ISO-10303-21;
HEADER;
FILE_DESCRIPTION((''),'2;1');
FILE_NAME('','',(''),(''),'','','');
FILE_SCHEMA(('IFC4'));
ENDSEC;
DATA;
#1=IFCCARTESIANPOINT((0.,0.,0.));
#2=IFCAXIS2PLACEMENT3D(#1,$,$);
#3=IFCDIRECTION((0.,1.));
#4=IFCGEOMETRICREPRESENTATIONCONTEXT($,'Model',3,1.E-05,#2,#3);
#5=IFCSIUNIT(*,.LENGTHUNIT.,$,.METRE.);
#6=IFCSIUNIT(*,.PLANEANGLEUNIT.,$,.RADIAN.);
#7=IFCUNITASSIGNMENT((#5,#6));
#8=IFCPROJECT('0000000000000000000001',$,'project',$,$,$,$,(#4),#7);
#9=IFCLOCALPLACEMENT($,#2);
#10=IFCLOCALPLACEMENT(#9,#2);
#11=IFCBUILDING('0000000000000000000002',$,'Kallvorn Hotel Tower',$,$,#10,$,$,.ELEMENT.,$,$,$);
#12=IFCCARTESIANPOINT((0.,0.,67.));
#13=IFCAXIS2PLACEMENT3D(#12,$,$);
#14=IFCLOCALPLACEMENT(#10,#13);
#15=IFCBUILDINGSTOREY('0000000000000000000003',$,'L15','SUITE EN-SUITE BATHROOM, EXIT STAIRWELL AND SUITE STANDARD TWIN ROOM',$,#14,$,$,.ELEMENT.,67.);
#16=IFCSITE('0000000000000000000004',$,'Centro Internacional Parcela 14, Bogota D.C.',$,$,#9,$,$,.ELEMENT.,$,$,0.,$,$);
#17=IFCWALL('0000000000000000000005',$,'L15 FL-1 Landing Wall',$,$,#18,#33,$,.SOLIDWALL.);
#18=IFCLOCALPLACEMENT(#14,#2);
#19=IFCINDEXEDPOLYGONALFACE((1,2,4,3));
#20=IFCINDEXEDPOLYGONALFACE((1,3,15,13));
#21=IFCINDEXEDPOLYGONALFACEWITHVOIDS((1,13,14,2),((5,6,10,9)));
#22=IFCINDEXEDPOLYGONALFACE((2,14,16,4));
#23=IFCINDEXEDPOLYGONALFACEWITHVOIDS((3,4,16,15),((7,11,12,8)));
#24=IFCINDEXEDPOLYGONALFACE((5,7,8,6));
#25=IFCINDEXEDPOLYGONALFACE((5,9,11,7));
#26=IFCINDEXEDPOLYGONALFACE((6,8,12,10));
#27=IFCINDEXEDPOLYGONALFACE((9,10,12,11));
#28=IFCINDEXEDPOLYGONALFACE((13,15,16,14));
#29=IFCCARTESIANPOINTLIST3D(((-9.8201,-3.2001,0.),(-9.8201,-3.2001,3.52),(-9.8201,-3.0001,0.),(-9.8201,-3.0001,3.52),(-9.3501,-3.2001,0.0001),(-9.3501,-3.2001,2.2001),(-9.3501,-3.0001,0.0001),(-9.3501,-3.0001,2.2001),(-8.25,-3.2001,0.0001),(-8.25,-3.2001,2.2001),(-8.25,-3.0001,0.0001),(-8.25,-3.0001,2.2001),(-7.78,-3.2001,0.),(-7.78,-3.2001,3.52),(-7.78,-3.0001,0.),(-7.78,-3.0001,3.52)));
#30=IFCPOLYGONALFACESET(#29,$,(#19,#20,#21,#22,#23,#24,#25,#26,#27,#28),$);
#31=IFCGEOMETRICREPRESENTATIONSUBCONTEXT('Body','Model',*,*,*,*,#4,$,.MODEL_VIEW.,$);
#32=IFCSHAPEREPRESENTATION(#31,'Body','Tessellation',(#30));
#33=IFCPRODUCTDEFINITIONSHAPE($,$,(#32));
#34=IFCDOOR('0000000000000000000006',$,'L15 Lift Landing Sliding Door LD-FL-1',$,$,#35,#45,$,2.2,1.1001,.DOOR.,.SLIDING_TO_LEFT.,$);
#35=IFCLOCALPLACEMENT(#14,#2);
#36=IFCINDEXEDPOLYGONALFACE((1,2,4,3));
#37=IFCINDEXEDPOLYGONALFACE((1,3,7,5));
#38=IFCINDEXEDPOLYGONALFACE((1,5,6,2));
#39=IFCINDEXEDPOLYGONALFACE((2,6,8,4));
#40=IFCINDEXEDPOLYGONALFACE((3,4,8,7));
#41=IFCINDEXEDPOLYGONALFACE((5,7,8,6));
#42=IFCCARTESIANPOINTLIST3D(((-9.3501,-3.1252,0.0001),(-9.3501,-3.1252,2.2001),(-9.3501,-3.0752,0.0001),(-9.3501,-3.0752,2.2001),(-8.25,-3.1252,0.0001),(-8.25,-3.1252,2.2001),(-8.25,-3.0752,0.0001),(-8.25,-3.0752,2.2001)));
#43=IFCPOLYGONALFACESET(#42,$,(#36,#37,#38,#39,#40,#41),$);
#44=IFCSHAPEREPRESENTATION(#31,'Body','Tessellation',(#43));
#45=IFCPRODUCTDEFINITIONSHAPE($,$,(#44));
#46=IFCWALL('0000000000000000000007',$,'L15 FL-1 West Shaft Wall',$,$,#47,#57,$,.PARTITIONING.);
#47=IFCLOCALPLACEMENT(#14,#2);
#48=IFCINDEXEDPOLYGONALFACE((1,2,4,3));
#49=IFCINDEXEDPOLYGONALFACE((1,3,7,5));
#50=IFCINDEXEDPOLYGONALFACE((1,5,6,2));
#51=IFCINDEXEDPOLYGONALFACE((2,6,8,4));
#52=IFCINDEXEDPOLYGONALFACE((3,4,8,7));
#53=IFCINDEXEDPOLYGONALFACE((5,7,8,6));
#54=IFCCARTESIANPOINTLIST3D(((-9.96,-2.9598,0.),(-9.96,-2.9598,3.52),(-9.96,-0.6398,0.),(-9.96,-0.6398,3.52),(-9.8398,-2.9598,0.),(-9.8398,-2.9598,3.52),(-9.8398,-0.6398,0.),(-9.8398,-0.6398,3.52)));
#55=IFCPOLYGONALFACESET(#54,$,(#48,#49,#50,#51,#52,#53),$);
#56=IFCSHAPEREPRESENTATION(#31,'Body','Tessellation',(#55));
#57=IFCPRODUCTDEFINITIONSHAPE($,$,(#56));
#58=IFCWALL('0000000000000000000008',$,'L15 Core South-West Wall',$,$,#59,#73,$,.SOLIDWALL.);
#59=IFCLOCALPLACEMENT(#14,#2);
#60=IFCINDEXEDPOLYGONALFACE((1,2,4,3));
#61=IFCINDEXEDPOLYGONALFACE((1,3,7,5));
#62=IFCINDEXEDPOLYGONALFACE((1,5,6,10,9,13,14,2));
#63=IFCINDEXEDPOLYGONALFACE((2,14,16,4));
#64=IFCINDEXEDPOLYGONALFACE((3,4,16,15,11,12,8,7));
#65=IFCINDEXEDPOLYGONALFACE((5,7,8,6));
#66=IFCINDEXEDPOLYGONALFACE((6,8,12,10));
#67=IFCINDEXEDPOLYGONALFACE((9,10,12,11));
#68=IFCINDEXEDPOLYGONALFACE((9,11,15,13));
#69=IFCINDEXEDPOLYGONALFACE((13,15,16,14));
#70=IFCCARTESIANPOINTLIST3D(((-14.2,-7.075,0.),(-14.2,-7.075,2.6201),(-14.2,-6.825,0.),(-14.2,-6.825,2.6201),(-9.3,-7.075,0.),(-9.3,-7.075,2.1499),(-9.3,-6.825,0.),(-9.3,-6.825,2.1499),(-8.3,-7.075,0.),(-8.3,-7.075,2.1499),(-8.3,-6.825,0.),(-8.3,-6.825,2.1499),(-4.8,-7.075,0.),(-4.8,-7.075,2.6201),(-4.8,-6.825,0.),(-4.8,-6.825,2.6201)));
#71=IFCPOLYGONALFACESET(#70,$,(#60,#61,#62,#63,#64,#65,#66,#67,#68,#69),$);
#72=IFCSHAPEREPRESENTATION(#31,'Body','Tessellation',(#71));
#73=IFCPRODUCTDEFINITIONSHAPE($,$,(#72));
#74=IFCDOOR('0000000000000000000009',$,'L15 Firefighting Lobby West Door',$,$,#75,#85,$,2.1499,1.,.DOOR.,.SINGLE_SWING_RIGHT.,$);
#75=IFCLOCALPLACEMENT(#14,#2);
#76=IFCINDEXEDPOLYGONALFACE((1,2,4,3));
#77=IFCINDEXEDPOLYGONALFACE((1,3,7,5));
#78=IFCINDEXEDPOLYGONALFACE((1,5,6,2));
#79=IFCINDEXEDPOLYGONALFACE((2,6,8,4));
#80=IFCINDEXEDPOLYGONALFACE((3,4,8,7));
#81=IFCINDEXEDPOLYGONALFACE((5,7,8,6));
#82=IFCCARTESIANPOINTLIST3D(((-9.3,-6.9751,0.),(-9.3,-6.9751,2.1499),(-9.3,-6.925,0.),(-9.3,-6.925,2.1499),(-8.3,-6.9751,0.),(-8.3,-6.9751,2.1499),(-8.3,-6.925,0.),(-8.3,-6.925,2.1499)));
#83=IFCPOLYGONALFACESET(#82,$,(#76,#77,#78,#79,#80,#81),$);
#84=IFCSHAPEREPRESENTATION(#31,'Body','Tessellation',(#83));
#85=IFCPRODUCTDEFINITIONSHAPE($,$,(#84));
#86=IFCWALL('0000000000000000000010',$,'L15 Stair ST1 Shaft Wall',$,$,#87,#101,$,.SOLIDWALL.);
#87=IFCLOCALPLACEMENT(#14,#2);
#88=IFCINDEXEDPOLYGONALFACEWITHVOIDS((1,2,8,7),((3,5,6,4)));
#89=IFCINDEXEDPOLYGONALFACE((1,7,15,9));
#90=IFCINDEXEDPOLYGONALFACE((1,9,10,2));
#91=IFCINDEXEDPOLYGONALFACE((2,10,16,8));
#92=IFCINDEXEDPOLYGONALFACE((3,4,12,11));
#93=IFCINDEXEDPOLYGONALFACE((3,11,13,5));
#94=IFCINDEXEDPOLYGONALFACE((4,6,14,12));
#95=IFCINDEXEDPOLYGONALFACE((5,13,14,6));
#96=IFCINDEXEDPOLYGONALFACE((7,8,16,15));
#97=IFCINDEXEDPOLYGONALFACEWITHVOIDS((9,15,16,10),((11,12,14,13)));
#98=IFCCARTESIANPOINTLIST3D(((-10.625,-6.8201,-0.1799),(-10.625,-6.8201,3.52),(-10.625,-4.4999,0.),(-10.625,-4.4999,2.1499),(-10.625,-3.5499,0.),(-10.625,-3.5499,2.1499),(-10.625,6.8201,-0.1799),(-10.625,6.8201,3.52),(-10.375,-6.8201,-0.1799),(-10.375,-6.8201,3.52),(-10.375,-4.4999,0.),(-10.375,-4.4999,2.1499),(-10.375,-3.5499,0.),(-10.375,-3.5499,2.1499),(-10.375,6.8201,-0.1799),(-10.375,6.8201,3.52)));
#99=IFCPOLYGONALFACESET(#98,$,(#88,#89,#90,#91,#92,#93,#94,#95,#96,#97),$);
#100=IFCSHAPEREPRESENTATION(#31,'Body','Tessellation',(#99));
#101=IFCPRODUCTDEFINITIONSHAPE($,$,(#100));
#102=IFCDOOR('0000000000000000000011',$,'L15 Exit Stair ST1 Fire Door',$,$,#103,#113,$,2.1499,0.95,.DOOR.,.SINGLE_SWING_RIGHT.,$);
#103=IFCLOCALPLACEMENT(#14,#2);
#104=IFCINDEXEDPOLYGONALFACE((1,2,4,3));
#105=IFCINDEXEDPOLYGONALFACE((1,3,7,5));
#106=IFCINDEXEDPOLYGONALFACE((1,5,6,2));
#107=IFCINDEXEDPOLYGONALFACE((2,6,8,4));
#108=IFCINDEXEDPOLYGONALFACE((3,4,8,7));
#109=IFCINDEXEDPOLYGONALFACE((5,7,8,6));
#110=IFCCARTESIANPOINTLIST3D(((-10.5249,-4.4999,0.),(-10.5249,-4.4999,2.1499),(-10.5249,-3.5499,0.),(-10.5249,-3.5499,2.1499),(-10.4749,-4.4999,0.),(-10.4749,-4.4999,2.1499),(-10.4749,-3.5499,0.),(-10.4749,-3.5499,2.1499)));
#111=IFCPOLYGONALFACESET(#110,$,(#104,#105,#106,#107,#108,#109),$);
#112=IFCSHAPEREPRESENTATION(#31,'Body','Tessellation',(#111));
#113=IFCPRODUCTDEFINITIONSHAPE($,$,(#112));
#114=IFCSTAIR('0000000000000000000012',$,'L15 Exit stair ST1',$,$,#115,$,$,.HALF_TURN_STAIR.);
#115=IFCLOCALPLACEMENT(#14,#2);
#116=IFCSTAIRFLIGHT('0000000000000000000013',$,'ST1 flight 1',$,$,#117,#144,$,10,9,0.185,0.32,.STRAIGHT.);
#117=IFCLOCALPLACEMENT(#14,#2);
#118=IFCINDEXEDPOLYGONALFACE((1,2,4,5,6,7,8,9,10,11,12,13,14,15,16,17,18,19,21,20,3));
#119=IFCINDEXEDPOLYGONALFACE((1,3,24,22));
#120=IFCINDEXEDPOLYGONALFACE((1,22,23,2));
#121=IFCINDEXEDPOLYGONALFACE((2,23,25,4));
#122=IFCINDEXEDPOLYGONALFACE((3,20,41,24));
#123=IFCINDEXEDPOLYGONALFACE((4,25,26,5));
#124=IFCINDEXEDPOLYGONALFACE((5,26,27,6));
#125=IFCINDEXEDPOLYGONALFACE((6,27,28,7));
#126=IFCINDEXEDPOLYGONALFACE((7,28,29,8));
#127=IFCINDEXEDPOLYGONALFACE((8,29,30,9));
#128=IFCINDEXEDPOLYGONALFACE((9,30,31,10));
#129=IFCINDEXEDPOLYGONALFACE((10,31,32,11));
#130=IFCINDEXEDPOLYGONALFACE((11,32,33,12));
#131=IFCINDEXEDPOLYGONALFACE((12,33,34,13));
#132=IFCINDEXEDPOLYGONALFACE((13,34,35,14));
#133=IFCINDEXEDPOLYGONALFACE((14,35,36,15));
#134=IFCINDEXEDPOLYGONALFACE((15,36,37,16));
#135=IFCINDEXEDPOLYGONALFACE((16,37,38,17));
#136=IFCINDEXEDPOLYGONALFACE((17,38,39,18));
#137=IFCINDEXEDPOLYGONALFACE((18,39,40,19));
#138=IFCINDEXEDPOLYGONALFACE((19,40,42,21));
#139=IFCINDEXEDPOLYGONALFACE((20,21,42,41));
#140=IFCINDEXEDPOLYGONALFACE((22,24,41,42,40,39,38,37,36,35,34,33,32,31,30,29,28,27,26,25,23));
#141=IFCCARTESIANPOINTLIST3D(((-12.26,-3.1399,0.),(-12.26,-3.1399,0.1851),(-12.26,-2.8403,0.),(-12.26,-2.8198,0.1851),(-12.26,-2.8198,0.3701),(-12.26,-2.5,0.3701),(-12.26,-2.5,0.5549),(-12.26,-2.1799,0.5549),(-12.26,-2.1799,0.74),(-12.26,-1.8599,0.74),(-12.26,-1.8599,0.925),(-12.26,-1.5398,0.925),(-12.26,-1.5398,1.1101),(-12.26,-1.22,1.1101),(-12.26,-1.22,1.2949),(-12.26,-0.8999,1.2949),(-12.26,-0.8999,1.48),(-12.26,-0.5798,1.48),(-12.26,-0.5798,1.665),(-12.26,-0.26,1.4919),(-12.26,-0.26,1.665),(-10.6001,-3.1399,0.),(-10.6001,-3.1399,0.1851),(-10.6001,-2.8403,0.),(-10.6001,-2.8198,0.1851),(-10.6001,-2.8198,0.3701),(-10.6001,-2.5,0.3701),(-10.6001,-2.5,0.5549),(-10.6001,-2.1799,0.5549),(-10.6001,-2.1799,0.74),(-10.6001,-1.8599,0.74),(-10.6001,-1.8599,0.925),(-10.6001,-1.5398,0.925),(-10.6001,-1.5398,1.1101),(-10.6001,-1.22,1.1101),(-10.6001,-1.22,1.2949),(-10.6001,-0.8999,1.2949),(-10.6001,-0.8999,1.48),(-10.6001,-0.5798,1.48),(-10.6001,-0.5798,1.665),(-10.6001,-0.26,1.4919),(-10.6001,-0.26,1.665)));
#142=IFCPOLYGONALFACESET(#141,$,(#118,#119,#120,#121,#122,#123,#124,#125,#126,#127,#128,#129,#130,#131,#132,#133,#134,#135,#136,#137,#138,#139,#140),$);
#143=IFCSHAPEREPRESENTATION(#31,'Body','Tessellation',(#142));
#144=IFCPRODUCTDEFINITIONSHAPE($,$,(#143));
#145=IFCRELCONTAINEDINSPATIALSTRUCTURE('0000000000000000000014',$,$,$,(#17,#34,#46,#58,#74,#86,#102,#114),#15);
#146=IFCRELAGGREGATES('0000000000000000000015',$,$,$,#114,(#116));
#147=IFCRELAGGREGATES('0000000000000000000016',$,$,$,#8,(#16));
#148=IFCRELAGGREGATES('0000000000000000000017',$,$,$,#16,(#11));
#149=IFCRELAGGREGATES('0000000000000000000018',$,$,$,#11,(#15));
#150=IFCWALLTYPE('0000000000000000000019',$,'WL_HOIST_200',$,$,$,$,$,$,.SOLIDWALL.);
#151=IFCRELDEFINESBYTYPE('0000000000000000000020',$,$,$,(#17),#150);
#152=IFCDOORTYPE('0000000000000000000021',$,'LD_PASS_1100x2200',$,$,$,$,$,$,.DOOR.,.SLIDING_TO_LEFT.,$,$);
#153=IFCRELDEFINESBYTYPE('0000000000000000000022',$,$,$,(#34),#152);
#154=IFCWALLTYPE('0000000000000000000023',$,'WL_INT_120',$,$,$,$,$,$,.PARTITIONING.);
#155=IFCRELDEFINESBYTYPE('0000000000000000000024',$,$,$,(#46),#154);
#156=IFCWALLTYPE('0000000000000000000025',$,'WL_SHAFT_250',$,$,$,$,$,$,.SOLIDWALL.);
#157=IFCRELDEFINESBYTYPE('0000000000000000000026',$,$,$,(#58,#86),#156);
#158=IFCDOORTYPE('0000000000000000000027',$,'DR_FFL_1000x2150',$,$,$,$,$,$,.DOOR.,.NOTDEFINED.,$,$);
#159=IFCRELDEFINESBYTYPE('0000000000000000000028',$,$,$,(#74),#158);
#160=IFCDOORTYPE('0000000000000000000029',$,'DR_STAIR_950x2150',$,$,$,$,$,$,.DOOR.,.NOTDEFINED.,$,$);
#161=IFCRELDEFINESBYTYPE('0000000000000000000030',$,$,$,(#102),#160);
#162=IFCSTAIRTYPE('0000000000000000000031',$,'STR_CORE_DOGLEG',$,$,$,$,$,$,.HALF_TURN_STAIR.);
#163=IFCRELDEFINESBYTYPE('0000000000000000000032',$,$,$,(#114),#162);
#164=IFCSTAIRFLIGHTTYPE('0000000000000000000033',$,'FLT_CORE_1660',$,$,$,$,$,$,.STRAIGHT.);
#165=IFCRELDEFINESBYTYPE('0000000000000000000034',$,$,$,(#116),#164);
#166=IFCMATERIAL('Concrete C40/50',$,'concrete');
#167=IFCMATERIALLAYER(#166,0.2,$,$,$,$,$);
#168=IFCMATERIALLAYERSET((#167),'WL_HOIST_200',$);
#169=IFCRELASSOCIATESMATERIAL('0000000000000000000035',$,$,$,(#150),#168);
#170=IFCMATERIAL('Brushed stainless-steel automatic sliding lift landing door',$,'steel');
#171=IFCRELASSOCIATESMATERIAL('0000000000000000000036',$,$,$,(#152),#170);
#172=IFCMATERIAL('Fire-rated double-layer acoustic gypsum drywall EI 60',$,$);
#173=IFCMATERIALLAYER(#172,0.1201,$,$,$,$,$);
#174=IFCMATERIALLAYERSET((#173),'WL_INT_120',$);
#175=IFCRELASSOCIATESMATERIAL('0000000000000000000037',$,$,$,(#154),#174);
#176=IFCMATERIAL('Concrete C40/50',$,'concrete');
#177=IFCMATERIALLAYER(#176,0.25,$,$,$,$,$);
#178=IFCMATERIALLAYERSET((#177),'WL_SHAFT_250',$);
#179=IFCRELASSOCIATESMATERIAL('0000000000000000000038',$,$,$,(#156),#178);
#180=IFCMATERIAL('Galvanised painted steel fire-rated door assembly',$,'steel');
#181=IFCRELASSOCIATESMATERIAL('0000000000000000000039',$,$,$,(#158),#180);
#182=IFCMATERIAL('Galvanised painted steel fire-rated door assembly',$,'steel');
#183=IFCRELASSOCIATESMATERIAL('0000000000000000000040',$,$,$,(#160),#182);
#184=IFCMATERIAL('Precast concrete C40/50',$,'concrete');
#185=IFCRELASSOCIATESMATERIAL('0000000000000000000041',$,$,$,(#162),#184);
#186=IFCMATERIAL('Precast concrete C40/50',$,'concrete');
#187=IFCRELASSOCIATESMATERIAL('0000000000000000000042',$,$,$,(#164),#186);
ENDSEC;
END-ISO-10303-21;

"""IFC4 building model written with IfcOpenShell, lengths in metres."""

from ifc_helpers import new_model, si_unit, direction, frame, frame_2d, origin, place, context, subcontext, project, spatial, polyline, rectangle, outline, extrude, material, layer, layer_set, type_object, element, fill, aggregate, save


model = new_model("IFC4")

# Units and contexts
model_context = context("Model", 3, precision=1e-05, world=origin(), true_north=direction((0.0, 1.0)))
body_context = subcontext(model_context, "Body", "Model", "MODEL_VIEW")
ifc_project = project(units=[si_unit("LENGTHUNIT", "METRE"), si_unit("PLANEANGLEUNIT", "RADIAN")], contexts=[model_context])

# Site, building, storey
site_placement = place(None, origin())
site = spatial("IfcSite", under=ifc_project, at=site_placement, Name="Centro Internacional Parcela 14, Bogota D.C.", CompositionType="ELEMENT", RefElevation=0.0)
building_placement = place(site_placement, origin())
building = spatial("IfcBuilding", under=site, at=building_placement, Name="Kallvorn Hotel Tower", CompositionType="ELEMENT")
storey_placement = place(building_placement, frame((0.0, 0.0, 67.0)))
storey = spatial("IfcBuildingStorey", under=building, at=storey_placement, Name="L15", Description="SUITE EN-SUITE BATHROOM, EXIT STAIRWELL AND SUITE STANDARD TWIN ROOM", CompositionType="ELEMENT", Elevation=67.0)

# Shared definitions
ifc_material_1 = material(Name="Concrete C40/50", Category="concrete")
ifc_layer_1 = layer(ifc_material_1, 0.2)
ifc_layer_set_1 = layer_set([ifc_layer_1], Name="WL_HOIST_200")
wall_type_1 = type_object("IfcWallType", Name="WL_HOIST_200", PredefinedType="SOLIDWALL", material=ifc_layer_set_1)

# Wall, opening, door
wall_1_placement = place(storey_placement, frame((-9.8201, -3.1001, 0.0), z_axis=(0.0, 0.0, 1.0), x_axis=(1.0, 0.0, 0.0)))
wall_1 = element("IfcWall", 1, at=wall_1_placement, inside=storey, type_object=wall_type_1, Name="L15 FL-1 Landing Wall", PredefinedType="SOLIDWALL", context=body_context, shape_type="SweptSolid", body=[
    extrude(rectangle(XDim=2.04, YDim=0.2, at=frame_2d((1.02, 0.0))), origin(), (0.0, 0.0, 1.0), 3.52),
])
opening_1_placement = place(wall_1_placement, frame((0.47, 0.0, 0.0)))
opening_1 = element("IfcOpeningElement", 2, at=opening_1_placement, cuts=wall_1, PredefinedType="OPENING", context=body_context, shape_type="SweptSolid", body=[
    extrude(rectangle(XDim=1.1001, YDim=2.2, at=frame_2d((0.55, 1.1001))), frame((0.0, 0.115, 0.0), z_axis=(0.0, -1.0, 0.0), x_axis=(1.0, 0.0, 0.0)), (0.0, 0.0, 1.0), 0.23),
])
ifc_material_2 = material(Name="Brushed stainless-steel automatic sliding lift landing door", Category="steel")
door_type_1 = type_object("IfcDoorType", Name="LD_PASS_1100x2200", OperationType="SLIDING_TO_LEFT", PredefinedType="DOOR", material=ifc_material_2)
door_1_placement = place(opening_1_placement, origin())
door_1 = element("IfcDoor", 3, at=door_1_placement, inside=storey, type_object=door_type_1, Name="L15 Lift Landing Sliding Door LD-FL-1", OperationType="SLIDING_TO_LEFT", OverallHeight=2.2, OverallWidth=1.1001, PredefinedType="DOOR", context=body_context, shape_type="SweptSolid", body=[
    extrude(rectangle(XDim=1.1001, YDim=2.2, at=frame_2d((0.55, 1.1001))), frame((0.0, 0.0249, 0.0), z_axis=(0.0, -1.0, 0.0), x_axis=(1.0, 0.0, 0.0)), (0.0, 0.0, 1.0), 0.05),
])
fill(opening_1, door_1)

# Wall
ifc_material_3 = material(Name="Fire-rated double-layer acoustic gypsum drywall EI 60")
ifc_layer_2 = layer(ifc_material_3, 0.1201)
ifc_layer_set_2 = layer_set([ifc_layer_2], Name="WL_INT_120")
wall_type_2 = type_object("IfcWallType", Name="WL_INT_120", PredefinedType="PARTITIONING", material=ifc_layer_set_2)
wall_2_placement = place(storey_placement, frame((-9.8999, -2.96, 0.0), z_axis=(0.0, 0.0, 1.0), x_axis=(0.0, 1.0, 0.0)))
element("IfcWall", 4, at=wall_2_placement, inside=storey, type_object=wall_type_2, Name="L15 FL-1 West Shaft Wall", PredefinedType="PARTITIONING", context=body_context, shape_type="SweptSolid", body=[
    extrude(rectangle(XDim=2.3201, YDim=0.1201, at=frame_2d((1.1602, 0.0))), origin(), (0.0, 0.0, 1.0), 3.52),
])

# Walls, openings, doors
ifc_material_4 = material(Name="Concrete C40/50", Category="concrete")
ifc_layer_3 = layer(ifc_material_4, 0.25)
ifc_layer_set_3 = layer_set([ifc_layer_3], Name="WL_SHAFT_250")
wall_type_3 = type_object("IfcWallType", Name="WL_SHAFT_250", PredefinedType="SOLIDWALL", material=ifc_layer_set_3)
wall_3_placement = place(storey_placement, frame((-14.2, -6.95, 0.0), z_axis=(0.0, 0.0, 1.0), x_axis=(1.0, 0.0, 0.0)))
wall_3 = element("IfcWall", 5, at=wall_3_placement, inside=storey, type_object=wall_type_3, Name="L15 Core South-West Wall", PredefinedType="SOLIDWALL", context=body_context, shape_type="SweptSolid", body=[
    extrude(rectangle(XDim=9.3999, YDim=0.25, at=frame_2d((4.7, 0.0))), origin(), (0.0, 0.0, 1.0), 2.6201),
])
opening_2_placement = place(wall_3_placement, frame((4.8999, 0.0, 0.0)))
opening_2 = element("IfcOpeningElement", 6, at=opening_2_placement, cuts=wall_3, PredefinedType="OPENING", context=body_context, shape_type="SweptSolid", body=[
    extrude(rectangle(XDim=1.0, YDim=2.1499, at=frame_2d((0.5, 1.075))), frame((0.0, 0.1399, 0.0), z_axis=(0.0, -1.0, 0.0), x_axis=(1.0, 0.0, 0.0)), (0.0, 0.0, 1.0), 0.28),
])
ifc_material_5 = material(Name="Galvanised painted steel fire-rated door assembly", Category="steel")
door_type_2 = type_object("IfcDoorType", Name="DR_FFL_1000x2150", OperationType="NOTDEFINED", PredefinedType="DOOR", material=ifc_material_5)
door_2_placement = place(opening_2_placement, origin())
door_2 = element("IfcDoor", 7, at=door_2_placement, inside=storey, type_object=door_type_2, Name="L15 Firefighting Lobby West Door", OperationType="SINGLE_SWING_RIGHT", OverallHeight=2.1499, OverallWidth=1.0, PredefinedType="DOOR", context=body_context, shape_type="SweptSolid", body=[
    extrude(rectangle(XDim=1.0, YDim=2.1499, at=frame_2d((0.5, 1.075))), frame((0.0, 0.0249, 0.0), z_axis=(0.0, -1.0, 0.0), x_axis=(1.0, 0.0, 0.0)), (0.0, 0.0, 1.0), 0.05),
])
fill(opening_2, door_2)
wall_4_placement = place(storey_placement, frame((-10.5, -6.8201, -0.1799), z_axis=(0.0, 0.0, 1.0), x_axis=(0.0, 1.0, 0.0)))
wall_4 = element("IfcWall", 8, at=wall_4_placement, inside=storey, type_object=wall_type_3, Name="L15 Stair ST1 Shaft Wall", PredefinedType="SOLIDWALL", context=body_context, shape_type="SweptSolid", body=[
    extrude(rectangle(XDim=13.6401, YDim=0.25, at=frame_2d((6.8201, 0.0))), origin(), (0.0, 0.0, 1.0), 3.7),
])
opening_3_placement = place(wall_4_placement, frame((2.3201, 0.0, 0.1799)))
opening_3 = element("IfcOpeningElement", 9, at=opening_3_placement, cuts=wall_4, PredefinedType="OPENING", context=body_context, shape_type="SweptSolid", body=[
    extrude(rectangle(XDim=0.95, YDim=2.1499, at=frame_2d((0.4751, 1.075))), frame((0.0, 0.1399, 0.0), z_axis=(0.0, -1.0, 0.0), x_axis=(1.0, 0.0, 0.0)), (0.0, 0.0, 1.0), 0.28),
])
ifc_material_6 = material(Name="Galvanised painted steel fire-rated door assembly", Category="steel")
door_type_3 = type_object("IfcDoorType", Name="DR_STAIR_950x2150", OperationType="NOTDEFINED", PredefinedType="DOOR", material=ifc_material_6)
door_3_placement = place(opening_3_placement, origin())
door_3 = element("IfcDoor", 10, at=door_3_placement, inside=storey, type_object=door_type_3, Name="L15 Exit Stair ST1 Fire Door", OperationType="SINGLE_SWING_RIGHT", OverallHeight=2.1499, OverallWidth=0.95, PredefinedType="DOOR", context=body_context, shape_type="SweptSolid", body=[
    extrude(rectangle(XDim=0.95, YDim=2.1499, at=frame_2d((0.4751, 1.075))), frame((0.0, 0.0249, 0.0), z_axis=(0.0, -1.0, 0.0), x_axis=(1.0, 0.0, 0.0)), (0.0, 0.0, 1.0), 0.05),
])
fill(opening_3, door_3)

# Stair, stair flight
ifc_material_7 = material(Name="Precast concrete C40/50", Category="concrete")
stair_type = type_object("IfcStairType", Name="STR_CORE_DOGLEG", PredefinedType="HALF_TURN_STAIR", material=ifc_material_7)
stair_placement = place(storey_placement, origin())
stair = element("IfcStair", 11, at=stair_placement, inside=storey, type_object=stair_type, Name="L15 Exit stair ST1", PredefinedType="HALF_TURN_STAIR")
ifc_material_8 = material(Name="Precast concrete C40/50", Category="concrete")
stair_flight_type = type_object("IfcStairFlightType", Name="FLT_CORE_1660", PredefinedType="STRAIGHT", material=ifc_material_8)
stair_flight_placement = place(storey_placement, frame((-11.4299, -3.1399, 0.0), z_axis=(0.0, 0.0, 1.0), x_axis=(0.0, 1.0, 0.0)))
stair_flight = element("IfcStairFlight", 12, at=stair_flight_placement, type_object=stair_flight_type, Name="ST1 flight 1", NumberOfRisers=10, NumberOfTreads=9, PredefinedType="STRAIGHT", RiserHeight=0.185, TreadLength=0.32, context=body_context, shape_type="SweptSolid", body=[
    extrude(outline(polyline([(0.0, 0.0), (0.0, 0.1851), (0.3201, 0.1851), (0.3201, 0.3701), (0.6399, 0.3701), (0.6399, 0.5549), (0.96, 0.5549), (0.96, 0.74), (1.28, 0.74), (1.28, 0.925), (1.6001, 0.925), (1.6001, 1.1101), (1.9199, 1.1101), (1.9199, 1.2949), (2.24, 1.2949), (2.24, 1.48), (2.5601, 1.48), (2.5601, 1.665), (2.8799, 1.665), (2.8799, 1.8501), (2.8799, 1.4919), (0.2996, 0.0), (0.0, 0.0)])), frame((0.0, 0.8301, 0.0), z_axis=(0.0, -1.0, 0.0), x_axis=(1.0, 0.0, 0.0)), (0.0, 0.0, 1.0), 1.6599),
])
aggregate(stair, [stair_flight])

save(model, "model.ifc")
